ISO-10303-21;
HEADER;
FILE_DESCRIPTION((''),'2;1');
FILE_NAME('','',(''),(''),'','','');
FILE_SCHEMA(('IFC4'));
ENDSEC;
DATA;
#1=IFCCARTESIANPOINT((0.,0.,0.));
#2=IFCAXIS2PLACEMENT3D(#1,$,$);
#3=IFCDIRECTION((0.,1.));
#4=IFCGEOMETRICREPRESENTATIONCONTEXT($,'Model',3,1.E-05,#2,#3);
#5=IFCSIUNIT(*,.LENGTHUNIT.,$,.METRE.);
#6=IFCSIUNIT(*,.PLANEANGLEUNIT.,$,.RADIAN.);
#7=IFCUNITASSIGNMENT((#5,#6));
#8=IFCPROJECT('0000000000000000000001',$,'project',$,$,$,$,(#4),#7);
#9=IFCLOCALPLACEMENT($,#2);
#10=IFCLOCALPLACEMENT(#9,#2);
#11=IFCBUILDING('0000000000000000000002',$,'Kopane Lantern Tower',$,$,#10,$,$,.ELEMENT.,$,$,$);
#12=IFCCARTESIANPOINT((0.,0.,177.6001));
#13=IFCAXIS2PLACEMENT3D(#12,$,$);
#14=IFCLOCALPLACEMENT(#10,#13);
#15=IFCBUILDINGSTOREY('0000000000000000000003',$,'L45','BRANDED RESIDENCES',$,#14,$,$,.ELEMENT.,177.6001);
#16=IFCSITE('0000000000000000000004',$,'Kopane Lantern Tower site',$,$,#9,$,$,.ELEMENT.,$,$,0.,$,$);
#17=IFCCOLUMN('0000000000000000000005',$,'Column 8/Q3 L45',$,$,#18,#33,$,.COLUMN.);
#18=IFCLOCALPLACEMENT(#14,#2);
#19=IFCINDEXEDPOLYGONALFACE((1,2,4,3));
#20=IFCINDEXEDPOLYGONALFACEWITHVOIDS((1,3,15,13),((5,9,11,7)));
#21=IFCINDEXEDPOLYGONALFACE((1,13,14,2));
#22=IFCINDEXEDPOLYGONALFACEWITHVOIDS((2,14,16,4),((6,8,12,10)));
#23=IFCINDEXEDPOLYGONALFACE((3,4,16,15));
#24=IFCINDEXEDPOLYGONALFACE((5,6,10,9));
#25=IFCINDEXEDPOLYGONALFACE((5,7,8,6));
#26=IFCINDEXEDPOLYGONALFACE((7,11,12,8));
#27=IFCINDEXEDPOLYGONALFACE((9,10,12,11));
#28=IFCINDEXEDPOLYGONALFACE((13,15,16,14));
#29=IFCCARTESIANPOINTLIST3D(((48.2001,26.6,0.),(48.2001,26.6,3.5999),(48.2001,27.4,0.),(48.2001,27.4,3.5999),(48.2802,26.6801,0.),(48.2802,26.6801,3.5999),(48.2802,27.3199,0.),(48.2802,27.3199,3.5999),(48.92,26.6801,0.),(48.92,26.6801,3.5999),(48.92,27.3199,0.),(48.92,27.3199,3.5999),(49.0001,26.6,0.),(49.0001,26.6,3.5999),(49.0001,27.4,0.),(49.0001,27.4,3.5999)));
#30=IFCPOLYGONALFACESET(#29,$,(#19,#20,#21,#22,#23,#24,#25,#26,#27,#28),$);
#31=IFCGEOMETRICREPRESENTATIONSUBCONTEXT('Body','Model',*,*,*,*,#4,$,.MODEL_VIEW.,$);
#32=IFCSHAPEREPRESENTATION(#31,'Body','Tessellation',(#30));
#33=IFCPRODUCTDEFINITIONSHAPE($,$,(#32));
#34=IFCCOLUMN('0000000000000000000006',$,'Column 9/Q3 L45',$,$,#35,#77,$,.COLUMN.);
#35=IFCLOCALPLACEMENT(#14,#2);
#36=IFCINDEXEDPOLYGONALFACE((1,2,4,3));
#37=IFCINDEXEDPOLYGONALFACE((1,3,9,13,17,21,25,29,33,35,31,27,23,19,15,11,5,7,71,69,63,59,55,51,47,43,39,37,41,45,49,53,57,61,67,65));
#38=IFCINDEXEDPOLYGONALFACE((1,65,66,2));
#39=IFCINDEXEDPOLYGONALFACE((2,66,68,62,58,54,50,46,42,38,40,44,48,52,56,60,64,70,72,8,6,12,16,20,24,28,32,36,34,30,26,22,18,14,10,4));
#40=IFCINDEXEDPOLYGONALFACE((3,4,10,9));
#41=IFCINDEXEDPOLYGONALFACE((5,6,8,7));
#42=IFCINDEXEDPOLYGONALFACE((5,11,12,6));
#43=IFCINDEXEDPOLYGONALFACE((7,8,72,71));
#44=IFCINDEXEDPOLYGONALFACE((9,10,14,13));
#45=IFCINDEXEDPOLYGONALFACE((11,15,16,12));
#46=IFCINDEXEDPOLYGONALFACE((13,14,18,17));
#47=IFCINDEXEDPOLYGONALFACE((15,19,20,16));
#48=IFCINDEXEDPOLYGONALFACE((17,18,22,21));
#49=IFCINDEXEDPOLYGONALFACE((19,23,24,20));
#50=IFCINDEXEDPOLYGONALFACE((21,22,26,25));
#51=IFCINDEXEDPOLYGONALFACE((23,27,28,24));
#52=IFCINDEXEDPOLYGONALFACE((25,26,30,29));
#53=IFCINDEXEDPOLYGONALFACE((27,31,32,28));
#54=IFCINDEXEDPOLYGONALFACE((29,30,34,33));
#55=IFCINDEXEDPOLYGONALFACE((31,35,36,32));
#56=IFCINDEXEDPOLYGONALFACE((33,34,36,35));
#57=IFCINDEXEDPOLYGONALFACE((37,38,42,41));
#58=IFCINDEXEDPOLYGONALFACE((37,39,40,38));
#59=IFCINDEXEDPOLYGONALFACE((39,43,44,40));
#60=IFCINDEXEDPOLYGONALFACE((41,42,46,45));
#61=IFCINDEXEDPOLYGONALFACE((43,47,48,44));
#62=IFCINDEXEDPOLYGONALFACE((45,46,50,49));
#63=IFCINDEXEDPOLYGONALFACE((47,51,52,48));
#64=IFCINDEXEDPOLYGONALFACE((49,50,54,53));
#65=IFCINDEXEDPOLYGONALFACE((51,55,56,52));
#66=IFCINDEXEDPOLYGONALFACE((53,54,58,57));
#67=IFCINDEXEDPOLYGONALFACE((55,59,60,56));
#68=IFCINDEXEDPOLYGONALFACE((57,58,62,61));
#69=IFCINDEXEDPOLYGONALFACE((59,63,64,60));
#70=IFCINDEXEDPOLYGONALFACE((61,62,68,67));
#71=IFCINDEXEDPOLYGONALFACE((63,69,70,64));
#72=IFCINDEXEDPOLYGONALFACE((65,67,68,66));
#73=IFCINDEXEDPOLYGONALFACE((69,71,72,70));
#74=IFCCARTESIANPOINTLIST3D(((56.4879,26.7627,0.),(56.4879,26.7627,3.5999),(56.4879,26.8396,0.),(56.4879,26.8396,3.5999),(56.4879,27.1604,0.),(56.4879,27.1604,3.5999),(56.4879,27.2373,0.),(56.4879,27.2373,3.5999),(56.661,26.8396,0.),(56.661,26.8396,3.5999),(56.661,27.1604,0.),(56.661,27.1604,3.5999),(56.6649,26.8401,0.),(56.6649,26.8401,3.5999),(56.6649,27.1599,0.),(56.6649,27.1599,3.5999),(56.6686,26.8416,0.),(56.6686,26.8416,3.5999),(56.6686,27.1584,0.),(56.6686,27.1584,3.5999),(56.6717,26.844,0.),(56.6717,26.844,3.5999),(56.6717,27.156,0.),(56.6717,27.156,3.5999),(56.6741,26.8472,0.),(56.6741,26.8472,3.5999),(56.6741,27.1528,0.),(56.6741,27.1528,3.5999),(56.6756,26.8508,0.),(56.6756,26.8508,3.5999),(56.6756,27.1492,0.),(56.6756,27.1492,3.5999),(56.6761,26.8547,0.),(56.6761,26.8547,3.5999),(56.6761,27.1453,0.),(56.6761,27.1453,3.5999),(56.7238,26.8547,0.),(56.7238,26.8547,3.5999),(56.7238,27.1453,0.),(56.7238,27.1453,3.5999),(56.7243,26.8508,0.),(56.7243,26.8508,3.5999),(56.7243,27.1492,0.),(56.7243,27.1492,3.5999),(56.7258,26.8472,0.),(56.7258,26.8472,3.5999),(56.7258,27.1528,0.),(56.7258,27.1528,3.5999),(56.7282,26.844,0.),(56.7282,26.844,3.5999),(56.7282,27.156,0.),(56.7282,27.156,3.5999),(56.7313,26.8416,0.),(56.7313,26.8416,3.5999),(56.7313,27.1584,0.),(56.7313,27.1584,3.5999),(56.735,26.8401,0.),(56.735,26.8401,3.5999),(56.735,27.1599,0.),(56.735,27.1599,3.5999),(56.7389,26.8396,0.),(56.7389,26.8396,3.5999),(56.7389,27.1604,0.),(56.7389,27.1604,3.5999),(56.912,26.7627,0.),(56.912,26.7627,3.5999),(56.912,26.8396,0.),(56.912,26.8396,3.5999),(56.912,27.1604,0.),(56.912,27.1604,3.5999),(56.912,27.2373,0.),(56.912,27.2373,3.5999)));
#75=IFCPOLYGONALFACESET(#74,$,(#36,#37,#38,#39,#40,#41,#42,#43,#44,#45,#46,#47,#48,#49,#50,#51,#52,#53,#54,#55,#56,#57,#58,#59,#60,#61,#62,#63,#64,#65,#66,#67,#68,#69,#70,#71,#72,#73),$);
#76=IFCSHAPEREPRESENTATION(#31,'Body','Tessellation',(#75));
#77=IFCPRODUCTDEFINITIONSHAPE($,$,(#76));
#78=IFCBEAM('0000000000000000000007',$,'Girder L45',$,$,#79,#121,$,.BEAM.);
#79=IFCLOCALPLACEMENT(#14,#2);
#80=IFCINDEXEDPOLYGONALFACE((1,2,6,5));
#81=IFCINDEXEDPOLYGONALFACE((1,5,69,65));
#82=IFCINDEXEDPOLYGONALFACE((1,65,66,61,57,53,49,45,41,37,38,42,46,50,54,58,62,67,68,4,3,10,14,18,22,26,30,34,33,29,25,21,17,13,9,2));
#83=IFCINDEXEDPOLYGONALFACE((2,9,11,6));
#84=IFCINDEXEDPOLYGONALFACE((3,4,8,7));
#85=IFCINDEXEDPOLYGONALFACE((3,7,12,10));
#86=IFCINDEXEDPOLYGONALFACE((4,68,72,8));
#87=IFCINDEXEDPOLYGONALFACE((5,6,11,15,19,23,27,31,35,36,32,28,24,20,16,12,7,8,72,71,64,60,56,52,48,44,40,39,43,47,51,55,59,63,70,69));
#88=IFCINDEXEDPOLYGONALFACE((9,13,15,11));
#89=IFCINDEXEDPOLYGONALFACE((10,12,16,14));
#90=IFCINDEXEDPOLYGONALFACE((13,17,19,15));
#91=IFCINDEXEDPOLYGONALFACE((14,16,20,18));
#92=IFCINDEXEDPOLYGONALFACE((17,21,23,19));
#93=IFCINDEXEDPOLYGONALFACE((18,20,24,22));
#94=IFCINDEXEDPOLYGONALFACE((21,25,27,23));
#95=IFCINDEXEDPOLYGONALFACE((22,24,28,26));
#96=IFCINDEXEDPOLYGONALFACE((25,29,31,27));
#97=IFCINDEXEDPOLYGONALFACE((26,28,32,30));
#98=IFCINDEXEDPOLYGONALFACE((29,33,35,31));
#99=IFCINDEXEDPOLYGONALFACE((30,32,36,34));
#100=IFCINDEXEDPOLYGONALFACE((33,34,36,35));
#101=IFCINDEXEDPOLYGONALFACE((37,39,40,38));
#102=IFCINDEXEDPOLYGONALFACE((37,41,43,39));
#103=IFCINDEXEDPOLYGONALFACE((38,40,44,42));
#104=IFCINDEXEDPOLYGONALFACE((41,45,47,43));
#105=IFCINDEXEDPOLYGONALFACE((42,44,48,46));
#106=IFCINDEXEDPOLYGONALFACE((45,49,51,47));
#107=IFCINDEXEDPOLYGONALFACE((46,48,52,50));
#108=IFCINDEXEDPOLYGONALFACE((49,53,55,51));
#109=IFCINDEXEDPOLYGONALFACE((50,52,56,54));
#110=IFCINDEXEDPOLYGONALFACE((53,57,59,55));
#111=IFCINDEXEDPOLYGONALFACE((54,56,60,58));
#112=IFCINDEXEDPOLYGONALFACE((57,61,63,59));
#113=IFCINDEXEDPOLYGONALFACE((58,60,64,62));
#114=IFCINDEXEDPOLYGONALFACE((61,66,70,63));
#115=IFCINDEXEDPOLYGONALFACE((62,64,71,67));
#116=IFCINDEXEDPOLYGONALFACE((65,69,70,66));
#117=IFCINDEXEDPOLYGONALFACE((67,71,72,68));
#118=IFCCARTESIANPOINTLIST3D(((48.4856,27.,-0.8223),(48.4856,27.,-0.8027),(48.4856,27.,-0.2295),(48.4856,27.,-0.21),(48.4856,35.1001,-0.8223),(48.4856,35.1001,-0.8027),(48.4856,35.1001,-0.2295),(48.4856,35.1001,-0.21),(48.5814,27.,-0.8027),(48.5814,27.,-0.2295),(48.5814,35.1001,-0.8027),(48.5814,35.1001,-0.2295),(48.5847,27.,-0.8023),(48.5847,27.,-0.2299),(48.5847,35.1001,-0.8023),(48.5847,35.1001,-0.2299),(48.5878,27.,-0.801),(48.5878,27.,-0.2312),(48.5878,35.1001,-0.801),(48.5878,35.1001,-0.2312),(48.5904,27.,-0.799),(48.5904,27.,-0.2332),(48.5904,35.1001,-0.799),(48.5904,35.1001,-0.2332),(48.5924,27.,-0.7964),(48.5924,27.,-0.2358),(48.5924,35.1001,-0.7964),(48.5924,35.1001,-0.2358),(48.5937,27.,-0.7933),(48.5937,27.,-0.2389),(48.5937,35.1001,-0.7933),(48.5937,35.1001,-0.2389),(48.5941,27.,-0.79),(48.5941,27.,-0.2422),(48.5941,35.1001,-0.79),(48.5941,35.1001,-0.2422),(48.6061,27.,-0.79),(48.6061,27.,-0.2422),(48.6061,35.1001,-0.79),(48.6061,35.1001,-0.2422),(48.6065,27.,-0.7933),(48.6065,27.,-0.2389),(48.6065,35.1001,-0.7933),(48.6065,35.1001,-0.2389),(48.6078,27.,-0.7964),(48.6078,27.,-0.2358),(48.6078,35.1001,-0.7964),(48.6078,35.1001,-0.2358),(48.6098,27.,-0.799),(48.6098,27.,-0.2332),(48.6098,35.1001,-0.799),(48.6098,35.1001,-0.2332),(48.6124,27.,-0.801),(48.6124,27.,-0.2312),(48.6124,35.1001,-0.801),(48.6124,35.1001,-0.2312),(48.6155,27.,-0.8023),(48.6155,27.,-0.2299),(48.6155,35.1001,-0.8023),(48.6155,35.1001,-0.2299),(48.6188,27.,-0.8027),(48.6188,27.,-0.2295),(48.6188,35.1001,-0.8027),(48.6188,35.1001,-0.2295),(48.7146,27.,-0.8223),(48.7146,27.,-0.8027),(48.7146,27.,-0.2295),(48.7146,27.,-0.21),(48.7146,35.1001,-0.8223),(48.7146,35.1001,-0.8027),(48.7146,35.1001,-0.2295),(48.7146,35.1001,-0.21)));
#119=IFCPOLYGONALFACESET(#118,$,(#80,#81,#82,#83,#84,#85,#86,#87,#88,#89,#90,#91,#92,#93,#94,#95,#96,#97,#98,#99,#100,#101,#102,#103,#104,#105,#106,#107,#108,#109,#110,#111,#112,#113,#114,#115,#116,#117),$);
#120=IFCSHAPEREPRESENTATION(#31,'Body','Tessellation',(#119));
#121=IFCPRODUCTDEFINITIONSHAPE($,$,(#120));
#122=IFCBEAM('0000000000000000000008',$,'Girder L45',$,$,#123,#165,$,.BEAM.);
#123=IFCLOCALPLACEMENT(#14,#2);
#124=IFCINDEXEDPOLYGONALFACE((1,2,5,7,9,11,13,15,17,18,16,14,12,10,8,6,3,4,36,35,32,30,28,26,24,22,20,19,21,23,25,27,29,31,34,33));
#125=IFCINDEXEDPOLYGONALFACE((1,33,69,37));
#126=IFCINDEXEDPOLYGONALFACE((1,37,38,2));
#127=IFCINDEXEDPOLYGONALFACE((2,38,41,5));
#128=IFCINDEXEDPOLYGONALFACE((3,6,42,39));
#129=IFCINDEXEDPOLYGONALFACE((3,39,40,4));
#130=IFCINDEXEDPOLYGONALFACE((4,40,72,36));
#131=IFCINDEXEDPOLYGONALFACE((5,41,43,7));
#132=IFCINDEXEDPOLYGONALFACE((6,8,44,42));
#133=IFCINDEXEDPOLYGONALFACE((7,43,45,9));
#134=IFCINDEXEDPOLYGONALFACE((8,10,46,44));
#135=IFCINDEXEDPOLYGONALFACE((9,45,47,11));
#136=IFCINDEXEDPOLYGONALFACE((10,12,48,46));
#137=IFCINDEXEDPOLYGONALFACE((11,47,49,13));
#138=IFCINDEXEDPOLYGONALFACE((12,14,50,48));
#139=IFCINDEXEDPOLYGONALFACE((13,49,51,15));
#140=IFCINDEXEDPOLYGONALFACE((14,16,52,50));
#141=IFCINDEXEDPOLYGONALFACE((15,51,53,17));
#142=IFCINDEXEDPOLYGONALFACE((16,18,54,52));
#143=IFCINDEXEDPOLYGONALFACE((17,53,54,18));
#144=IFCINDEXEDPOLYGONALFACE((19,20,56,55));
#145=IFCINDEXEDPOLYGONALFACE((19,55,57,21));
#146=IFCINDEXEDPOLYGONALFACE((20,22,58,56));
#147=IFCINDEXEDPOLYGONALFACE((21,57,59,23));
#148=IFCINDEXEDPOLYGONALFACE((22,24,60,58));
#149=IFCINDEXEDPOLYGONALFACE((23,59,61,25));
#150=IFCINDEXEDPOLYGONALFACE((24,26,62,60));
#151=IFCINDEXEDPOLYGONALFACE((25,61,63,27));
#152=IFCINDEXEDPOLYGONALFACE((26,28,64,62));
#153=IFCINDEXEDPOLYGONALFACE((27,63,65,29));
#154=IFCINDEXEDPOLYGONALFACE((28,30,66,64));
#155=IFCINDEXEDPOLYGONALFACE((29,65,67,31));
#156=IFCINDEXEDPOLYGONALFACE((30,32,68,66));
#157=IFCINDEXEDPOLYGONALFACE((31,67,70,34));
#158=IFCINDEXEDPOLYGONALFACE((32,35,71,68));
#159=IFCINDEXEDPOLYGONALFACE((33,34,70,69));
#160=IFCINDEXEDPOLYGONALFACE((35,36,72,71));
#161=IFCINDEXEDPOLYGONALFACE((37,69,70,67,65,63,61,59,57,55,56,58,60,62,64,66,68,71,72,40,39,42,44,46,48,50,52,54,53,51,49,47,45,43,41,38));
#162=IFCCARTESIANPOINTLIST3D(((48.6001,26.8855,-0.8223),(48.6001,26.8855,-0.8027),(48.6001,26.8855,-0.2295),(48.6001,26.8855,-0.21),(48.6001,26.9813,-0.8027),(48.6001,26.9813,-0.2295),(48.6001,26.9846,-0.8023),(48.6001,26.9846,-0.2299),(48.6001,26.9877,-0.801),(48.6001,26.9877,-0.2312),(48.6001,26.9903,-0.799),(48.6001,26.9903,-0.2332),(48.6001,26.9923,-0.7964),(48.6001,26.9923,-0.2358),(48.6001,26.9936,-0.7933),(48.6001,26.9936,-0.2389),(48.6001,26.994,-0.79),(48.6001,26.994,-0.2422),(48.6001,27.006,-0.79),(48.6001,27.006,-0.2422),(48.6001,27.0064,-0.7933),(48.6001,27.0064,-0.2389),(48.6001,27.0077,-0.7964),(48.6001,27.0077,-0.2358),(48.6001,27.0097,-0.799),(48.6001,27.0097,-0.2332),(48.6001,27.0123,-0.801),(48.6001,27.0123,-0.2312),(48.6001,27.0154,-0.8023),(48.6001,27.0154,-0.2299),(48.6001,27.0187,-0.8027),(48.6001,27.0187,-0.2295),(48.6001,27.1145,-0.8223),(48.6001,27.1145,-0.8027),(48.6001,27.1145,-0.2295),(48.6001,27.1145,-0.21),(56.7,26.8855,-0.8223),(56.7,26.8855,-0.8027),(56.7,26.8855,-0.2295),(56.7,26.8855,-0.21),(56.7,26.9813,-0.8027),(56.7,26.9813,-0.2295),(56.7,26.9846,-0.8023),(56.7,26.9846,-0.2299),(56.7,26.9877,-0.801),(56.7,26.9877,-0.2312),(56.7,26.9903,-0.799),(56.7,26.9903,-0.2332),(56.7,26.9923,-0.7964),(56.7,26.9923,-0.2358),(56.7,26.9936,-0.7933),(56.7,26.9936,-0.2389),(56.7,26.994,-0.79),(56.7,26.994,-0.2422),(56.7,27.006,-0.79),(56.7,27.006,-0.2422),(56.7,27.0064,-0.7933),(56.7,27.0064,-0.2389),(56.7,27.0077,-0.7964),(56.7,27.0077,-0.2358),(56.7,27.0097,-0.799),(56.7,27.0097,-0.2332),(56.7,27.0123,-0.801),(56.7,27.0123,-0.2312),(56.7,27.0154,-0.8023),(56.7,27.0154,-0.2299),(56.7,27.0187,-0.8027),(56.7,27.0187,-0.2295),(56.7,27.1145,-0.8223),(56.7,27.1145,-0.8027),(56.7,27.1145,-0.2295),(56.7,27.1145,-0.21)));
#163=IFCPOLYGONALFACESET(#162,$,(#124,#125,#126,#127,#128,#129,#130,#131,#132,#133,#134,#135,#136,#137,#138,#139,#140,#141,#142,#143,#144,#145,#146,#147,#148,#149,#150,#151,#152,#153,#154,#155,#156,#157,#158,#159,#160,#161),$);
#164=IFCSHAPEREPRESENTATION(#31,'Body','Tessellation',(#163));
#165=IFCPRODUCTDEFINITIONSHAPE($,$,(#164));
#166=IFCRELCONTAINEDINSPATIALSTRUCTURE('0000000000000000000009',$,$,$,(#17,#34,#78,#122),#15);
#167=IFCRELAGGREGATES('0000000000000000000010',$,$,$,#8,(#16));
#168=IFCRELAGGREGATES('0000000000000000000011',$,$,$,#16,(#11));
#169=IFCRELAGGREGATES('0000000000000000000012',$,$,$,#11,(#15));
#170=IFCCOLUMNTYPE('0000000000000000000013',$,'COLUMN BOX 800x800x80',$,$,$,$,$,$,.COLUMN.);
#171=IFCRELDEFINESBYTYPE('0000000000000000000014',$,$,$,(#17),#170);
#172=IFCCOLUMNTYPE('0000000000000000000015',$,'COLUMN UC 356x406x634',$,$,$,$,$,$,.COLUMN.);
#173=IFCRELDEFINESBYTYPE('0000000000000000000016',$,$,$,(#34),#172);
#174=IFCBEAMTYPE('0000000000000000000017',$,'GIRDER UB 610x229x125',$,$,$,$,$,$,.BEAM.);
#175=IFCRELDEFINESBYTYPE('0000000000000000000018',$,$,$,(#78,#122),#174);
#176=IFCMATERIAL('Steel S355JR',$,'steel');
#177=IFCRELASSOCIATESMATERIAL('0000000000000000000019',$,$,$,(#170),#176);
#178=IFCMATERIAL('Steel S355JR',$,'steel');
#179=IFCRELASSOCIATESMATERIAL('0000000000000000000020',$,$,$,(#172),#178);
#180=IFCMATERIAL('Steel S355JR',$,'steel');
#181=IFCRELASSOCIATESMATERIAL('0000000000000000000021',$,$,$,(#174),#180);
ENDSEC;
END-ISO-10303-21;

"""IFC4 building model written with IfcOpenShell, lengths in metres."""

from ifc_helpers import new_model, si_unit, direction, frame, origin, origin_2d, place, context, subcontext, project, spatial, hollow_rectangle, i_section, extrude, material, material_profile, profile_set, type_object, element, save


model = new_model("IFC4")

# Units and contexts
model_context = context("Model", 3, precision=1e-05, world=origin(), true_north=direction((0.0, 1.0)))
body_context = subcontext(model_context, "Body", "Model", "MODEL_VIEW")
ifc_project = project(units=[si_unit("LENGTHUNIT", "METRE"), si_unit("PLANEANGLEUNIT", "RADIAN")], contexts=[model_context])

# Site, building, storey
site_placement = place(None, origin())
site = spatial("IfcSite", under=ifc_project, at=site_placement, Name="Kopane Lantern Tower site", CompositionType="ELEMENT", RefElevation=0.0)
building_placement = place(site_placement, origin())
building = spatial("IfcBuilding", under=site, at=building_placement, Name="Kopane Lantern Tower", CompositionType="ELEMENT")
storey_placement = place(building_placement, frame((0.0, 0.0, 177.6001)))
storey = spatial("IfcBuildingStorey", under=building, at=storey_placement, Name="L45", Description="BRANDED RESIDENCES", CompositionType="ELEMENT", Elevation=177.6001)

# Columns
ifc_material_1 = material(Name="Steel S355JR", Category="steel")
ifc_material_profile_1 = material_profile(ifc_material_1, hollow_rectangle(XDim=0.8, YDim=0.8, WallThickness=0.0801, at=origin_2d()), Name="BOX 800x800x80")
ifc_profile_set_1 = profile_set([ifc_material_profile_1], Name="Steel S355JR")
column_type_1 = type_object("IfcColumnType", Name="COLUMN BOX 800x800x80", PredefinedType="COLUMN", material=ifc_profile_set_1)
column_1_placement = place(storey_placement, frame((48.6001, 27.0, 0.0), z_axis=(0.0, 0.0, 1.0), x_axis=(1.0, 0.0, 0.0)))
element("IfcColumn", 1, at=column_1_placement, inside=storey, type_object=column_type_1, Name="Column 8/Q3 L45", PredefinedType="COLUMN", context=body_context, shape_type="SweptSolid", body=[
    extrude(hollow_rectangle(XDim=0.8, YDim=0.8, WallThickness=0.0801, at=origin_2d()), origin(), (0.0, 0.0, 1.0), 3.5999),
])
ifc_material_2 = material(Name="Steel S355JR", Category="steel")
ifc_material_profile_2 = material_profile(ifc_material_2, i_section(OverallWidth=0.4241, OverallDepth=0.4746, WebThickness=0.0476, FlangeThickness=0.0769, FilletRadius=0.0151, at=origin_2d()), Name="UC 356x406x634")
ifc_profile_set_2 = profile_set([ifc_material_profile_2], Name="Steel S355JR")
column_type_2 = type_object("IfcColumnType", Name="COLUMN UC 356x406x634", PredefinedType="COLUMN", material=ifc_profile_set_2)
column_2_placement = place(storey_placement, frame((56.7, 27.0, 0.0), z_axis=(0.0, 0.0, 1.0), x_axis=(1.0, 0.0, 0.0)))
element("IfcColumn", 2, at=column_2_placement, inside=storey, type_object=column_type_2, Name="Column 9/Q3 L45", PredefinedType="COLUMN", context=body_context, shape_type="SweptSolid", body=[
    extrude(i_section(OverallWidth=0.4241, OverallDepth=0.4746, WebThickness=0.0476, FlangeThickness=0.0769, FilletRadius=0.0151, at=origin_2d()), origin(), (0.0, 0.0, 1.0), 3.5999),
])

# Beams
ifc_material_3 = material(Name="Steel S355JR", Category="steel")
ifc_material_profile_3 = material_profile(ifc_material_3, i_section(OverallWidth=0.229, OverallDepth=0.6123, WebThickness=0.012, FlangeThickness=0.0195, FilletRadius=0.0127, at=origin_2d()), Name="UB 610x229x125")
ifc_profile_set_3 = profile_set([ifc_material_profile_3], Name="Steel S355JR")
beam_type = type_object("IfcBeamType", Name="GIRDER UB 610x229x125", PredefinedType="BEAM", material=ifc_profile_set_3)
beam_1_placement = place(storey_placement, frame((48.6001, 27.0, -0.5161), z_axis=(0.0, 1.0, 0.0), x_axis=(-1.0, 0.0, 0.0)))
element("IfcBeam", 3, at=beam_1_placement, inside=storey, type_object=beam_type, Name="Girder L45", PredefinedType="BEAM", context=body_context, shape_type="SweptSolid", body=[
    extrude(i_section(OverallWidth=0.229, OverallDepth=0.6123, WebThickness=0.012, FlangeThickness=0.0195, FilletRadius=0.0127, at=origin_2d()), origin(), (0.0, 0.0, 1.0), 8.1001),
])
beam_2_placement = place(storey_placement, frame((48.6001, 27.0, -0.5161), z_axis=(1.0, 0.0, 0.0), x_axis=(0.0, 1.0, 0.0)))
element("IfcBeam", 4, at=beam_2_placement, inside=storey, type_object=beam_type, Name="Girder L45", PredefinedType="BEAM", context=body_context, shape_type="SweptSolid", body=[
    extrude(i_section(OverallWidth=0.229, OverallDepth=0.6123, WebThickness=0.012, FlangeThickness=0.0195, FilletRadius=0.0127, at=origin_2d()), origin(), (0.0, 0.0, 1.0), 8.0999),
])

save(model, "model.ifc")
